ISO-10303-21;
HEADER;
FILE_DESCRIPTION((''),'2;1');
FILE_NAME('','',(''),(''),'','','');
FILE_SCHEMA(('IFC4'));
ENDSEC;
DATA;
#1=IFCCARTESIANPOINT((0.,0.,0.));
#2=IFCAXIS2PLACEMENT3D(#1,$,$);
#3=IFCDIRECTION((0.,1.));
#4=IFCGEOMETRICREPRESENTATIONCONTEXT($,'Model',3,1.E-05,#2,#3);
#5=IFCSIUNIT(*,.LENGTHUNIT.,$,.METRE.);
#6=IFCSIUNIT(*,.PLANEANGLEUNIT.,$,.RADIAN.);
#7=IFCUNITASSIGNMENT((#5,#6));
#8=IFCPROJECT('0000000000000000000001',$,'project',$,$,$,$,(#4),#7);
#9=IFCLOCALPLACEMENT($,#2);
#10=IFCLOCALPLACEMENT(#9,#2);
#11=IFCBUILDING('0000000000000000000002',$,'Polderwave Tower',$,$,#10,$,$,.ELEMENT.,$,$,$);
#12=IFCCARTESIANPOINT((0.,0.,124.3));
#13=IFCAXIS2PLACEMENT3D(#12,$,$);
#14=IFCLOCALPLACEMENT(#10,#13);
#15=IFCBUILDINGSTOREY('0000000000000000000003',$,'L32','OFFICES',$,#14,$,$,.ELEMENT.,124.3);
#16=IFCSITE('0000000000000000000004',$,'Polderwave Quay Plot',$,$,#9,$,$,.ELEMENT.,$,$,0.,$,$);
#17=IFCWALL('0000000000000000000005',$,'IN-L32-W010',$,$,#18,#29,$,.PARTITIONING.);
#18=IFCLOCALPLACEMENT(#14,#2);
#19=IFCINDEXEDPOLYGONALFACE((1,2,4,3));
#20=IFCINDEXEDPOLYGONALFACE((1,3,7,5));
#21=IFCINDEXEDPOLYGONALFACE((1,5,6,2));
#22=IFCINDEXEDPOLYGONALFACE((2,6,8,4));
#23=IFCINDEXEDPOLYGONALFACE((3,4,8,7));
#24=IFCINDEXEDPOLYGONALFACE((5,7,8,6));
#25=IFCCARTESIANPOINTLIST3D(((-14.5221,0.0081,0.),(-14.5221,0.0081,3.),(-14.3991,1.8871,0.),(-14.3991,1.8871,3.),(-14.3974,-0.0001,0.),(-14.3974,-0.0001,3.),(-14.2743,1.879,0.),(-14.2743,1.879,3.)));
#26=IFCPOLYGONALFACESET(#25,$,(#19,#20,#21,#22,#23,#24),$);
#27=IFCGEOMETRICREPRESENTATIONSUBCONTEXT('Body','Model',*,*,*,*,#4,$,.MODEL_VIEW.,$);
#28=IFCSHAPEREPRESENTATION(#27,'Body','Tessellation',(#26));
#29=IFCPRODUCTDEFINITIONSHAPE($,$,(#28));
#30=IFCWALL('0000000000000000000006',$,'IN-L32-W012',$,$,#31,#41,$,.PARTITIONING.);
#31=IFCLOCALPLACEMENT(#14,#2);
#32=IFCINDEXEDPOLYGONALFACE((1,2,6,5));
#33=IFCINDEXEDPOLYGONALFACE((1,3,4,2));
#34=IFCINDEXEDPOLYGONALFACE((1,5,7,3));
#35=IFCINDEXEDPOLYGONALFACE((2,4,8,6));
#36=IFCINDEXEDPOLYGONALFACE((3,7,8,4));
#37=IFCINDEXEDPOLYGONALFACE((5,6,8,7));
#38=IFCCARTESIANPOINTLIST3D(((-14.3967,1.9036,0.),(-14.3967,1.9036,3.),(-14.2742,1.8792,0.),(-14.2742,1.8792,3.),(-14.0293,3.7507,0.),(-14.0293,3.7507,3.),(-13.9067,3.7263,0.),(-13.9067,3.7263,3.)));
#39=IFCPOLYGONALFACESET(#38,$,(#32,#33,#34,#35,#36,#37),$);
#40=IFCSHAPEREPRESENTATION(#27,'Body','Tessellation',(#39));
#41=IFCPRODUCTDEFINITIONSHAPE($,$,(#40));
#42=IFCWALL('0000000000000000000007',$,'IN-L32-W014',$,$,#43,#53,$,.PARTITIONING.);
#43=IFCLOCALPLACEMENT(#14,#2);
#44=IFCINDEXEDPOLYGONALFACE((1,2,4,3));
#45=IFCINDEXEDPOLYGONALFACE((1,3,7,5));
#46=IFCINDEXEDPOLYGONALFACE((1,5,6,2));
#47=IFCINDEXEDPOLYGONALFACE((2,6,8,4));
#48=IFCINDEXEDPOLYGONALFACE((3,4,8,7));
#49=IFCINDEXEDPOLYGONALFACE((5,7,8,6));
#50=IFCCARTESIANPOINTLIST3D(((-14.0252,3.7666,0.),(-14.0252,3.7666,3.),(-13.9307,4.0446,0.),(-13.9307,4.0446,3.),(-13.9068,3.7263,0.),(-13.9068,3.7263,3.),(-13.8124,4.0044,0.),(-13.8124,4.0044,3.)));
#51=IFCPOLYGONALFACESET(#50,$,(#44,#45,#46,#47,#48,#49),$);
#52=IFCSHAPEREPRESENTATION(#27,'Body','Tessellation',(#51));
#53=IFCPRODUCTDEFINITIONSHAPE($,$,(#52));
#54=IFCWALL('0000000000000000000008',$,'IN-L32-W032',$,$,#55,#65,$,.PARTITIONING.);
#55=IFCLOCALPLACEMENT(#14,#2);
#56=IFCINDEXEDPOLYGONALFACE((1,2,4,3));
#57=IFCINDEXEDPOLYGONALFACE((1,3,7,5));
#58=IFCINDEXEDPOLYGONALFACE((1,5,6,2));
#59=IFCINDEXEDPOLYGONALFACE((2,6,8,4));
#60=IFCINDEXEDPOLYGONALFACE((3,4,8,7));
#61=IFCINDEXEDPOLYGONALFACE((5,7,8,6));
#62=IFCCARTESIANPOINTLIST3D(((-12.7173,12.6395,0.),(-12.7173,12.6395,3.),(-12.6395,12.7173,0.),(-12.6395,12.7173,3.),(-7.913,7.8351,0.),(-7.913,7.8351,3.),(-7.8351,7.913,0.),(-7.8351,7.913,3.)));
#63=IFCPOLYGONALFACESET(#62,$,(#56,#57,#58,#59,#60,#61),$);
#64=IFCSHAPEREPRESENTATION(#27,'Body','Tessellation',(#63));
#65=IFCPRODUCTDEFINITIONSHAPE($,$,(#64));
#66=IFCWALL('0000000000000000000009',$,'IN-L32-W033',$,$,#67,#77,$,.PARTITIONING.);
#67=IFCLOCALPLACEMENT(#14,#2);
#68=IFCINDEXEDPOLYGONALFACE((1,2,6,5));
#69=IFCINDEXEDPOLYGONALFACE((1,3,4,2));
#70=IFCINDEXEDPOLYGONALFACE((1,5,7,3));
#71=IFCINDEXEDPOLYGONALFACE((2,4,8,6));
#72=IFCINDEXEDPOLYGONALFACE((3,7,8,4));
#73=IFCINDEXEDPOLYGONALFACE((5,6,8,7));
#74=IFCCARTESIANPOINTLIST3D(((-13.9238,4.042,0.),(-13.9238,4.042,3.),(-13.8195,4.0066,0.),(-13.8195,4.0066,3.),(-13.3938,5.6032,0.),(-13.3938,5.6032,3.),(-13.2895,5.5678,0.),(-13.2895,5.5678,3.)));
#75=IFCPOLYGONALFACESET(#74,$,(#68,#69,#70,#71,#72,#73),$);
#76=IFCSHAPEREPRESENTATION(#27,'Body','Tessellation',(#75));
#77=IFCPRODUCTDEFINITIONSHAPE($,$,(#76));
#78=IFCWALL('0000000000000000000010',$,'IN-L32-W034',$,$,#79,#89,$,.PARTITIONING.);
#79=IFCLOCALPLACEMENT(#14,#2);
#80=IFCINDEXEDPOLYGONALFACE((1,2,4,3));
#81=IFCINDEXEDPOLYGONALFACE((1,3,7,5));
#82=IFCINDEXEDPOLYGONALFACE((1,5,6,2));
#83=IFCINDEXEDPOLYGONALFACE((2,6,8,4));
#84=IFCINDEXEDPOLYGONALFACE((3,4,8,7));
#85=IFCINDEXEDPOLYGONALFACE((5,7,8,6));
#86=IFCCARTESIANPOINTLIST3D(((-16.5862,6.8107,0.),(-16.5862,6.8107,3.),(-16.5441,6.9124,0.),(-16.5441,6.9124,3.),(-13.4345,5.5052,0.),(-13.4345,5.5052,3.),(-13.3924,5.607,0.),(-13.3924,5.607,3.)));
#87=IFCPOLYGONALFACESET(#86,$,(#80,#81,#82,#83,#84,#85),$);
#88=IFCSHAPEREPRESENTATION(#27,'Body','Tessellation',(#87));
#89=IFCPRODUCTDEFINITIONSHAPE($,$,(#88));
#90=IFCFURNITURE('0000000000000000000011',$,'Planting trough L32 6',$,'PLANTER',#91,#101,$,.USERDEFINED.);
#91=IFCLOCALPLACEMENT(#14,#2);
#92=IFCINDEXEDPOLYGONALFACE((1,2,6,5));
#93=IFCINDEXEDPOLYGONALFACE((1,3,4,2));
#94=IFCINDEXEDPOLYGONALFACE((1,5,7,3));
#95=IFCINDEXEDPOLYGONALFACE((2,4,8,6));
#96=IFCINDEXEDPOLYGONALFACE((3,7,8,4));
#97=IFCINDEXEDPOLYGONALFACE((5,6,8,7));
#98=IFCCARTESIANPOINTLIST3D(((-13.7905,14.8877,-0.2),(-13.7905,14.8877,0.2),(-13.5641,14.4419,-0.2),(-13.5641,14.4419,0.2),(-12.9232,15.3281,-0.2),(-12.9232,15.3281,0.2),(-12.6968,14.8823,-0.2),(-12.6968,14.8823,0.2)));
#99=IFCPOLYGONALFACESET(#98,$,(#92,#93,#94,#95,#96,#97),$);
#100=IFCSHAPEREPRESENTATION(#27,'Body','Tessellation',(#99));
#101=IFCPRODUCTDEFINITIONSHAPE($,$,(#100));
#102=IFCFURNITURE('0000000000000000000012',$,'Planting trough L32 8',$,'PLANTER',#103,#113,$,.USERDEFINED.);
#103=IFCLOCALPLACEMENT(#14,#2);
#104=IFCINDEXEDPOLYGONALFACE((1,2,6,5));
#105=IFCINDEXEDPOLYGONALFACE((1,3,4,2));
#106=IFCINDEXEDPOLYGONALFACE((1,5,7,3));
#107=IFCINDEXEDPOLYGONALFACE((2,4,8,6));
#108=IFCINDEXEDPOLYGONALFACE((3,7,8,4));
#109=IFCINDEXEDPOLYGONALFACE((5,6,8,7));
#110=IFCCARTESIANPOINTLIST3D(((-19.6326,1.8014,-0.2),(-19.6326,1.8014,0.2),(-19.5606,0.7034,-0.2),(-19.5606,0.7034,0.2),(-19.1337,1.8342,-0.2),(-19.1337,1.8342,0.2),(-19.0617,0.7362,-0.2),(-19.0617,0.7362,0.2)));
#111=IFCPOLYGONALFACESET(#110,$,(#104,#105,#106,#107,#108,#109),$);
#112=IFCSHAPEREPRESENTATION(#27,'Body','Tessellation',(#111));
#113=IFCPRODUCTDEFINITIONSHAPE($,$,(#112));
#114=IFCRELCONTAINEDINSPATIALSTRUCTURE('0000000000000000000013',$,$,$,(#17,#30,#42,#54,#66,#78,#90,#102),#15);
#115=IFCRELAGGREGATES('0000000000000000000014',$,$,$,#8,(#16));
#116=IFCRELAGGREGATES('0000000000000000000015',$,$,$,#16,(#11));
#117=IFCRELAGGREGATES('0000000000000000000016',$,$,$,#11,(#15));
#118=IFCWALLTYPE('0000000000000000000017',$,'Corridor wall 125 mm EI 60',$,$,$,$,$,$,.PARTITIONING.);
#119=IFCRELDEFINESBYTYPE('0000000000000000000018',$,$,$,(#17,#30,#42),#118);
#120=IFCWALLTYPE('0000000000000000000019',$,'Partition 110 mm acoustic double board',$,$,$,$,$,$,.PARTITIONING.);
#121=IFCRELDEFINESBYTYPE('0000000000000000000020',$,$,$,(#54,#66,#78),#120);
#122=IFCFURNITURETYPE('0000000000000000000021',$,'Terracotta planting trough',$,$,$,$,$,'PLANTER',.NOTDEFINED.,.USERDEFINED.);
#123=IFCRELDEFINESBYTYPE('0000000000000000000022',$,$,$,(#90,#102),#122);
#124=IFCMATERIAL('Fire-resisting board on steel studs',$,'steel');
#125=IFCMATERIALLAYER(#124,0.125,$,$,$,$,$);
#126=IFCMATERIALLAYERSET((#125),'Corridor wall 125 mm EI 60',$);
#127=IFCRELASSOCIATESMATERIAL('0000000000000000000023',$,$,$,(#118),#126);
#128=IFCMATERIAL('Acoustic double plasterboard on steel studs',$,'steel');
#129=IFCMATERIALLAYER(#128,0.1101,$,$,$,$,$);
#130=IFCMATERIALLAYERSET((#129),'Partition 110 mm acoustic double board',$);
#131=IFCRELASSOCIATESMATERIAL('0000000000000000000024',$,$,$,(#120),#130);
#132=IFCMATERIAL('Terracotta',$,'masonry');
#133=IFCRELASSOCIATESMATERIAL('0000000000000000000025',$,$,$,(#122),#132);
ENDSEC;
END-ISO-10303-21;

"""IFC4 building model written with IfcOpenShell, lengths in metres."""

from ifc_helpers import new_model, si_unit, direction, frame, frame_2d, origin, origin_2d, place, context, subcontext, project, spatial, rectangle, extrude, material, layer, layer_set, type_object, element, save


model = new_model("IFC4")

# Units and contexts
model_context = context("Model", 3, precision=1e-05, world=origin(), true_north=direction((0.0, 1.0)))
body_context = subcontext(model_context, "Body", "Model", "MODEL_VIEW")
ifc_project = project(units=[si_unit("LENGTHUNIT", "METRE"), si_unit("PLANEANGLEUNIT", "RADIAN")], contexts=[model_context])

# Site, building, storey
site_placement = place(None, origin())
site = spatial("IfcSite", under=ifc_project, at=site_placement, Name="Polderwave Quay Plot", CompositionType="ELEMENT", RefElevation=0.0)
building_placement = place(site_placement, origin())
building = spatial("IfcBuilding", under=site, at=building_placement, Name="Polderwave Tower", CompositionType="ELEMENT")
storey_placement = place(building_placement, frame((0.0, 0.0, 124.3)))
storey = spatial("IfcBuildingStorey", under=building, at=storey_placement, Name="L32", Description="OFFICES", CompositionType="ELEMENT", Elevation=124.3)

# Shared definitions
ifc_material_1 = material(Name="Fire-resisting board on steel studs", Category="steel")
ifc_layer_1 = layer(ifc_material_1, 0.125)
ifc_layer_set_1 = layer_set([ifc_layer_1], Name="Corridor wall 125 mm EI 60")
wall_type_1 = type_object("IfcWallType", Name="Corridor wall 125 mm EI 60", PredefinedType="PARTITIONING", material=ifc_layer_set_1)

# Walls
wall_1_placement = place(storey_placement, frame((-14.4597, 0.0042, 0.0), z_axis=(0.0, 0.0, 1.0), x_axis=(0.06534, 0.997863, 0.0)))
element("IfcWall", 1, at=wall_1_placement, inside=storey, type_object=wall_type_1, Name="IN-L32-W010", PredefinedType="PARTITIONING", context=body_context, shape_type="SweptSolid", body=[
    extrude(rectangle(XDim=1.8831, YDim=0.125, at=frame_2d((0.9414, 0.0))), origin(), (0.0, 0.0, 1.0), 3.0),
])
wall_2_placement = place(storey_placement, frame((-14.3354, 1.8914, 0.0), z_axis=(0.0, 0.0, 1.0), x_axis=(0.195094, 0.980785, 0.0)))
element("IfcWall", 2, at=wall_2_placement, inside=storey, type_object=wall_type_1, Name="IN-L32-W012", PredefinedType="PARTITIONING", context=body_context, shape_type="SweptSolid", body=[
    extrude(rectangle(XDim=1.8833, YDim=0.125, at=frame_2d((0.9417, 0.0))), origin(), (0.0, 0.0, 1.0), 3.0),
])
wall_3_placement = place(storey_placement, frame((-13.9661, 3.7463, 0.0), z_axis=(0.0, 0.0, 1.0), x_axis=(0.321709, 0.946839, 0.0)))
element("IfcWall", 3, at=wall_3_placement, inside=storey, type_object=wall_type_1, Name="IN-L32-W014", PredefinedType="PARTITIONING", context=body_context, shape_type="SweptSolid", body=[
    extrude(rectangle(XDim=0.2937, YDim=0.125, at=frame_2d((0.147, 0.0))), origin(), (0.0, 0.0, 1.0), 3.0),
])
ifc_material_2 = material(Name="Acoustic double plasterboard on steel studs", Category="steel")
ifc_layer_2 = layer(ifc_material_2, 0.1101)
ifc_layer_set_2 = layer_set([ifc_layer_2], Name="Partition 110 mm acoustic double board")
wall_type_2 = type_object("IfcWallType", Name="Partition 110 mm acoustic double board", PredefinedType="PARTITIONING", material=ifc_layer_set_2)
wall_4_placement = place(storey_placement, frame((-7.874, 7.874, 0.0), z_axis=(0.0, 0.0, 1.0), x_axis=(-0.707107, 0.707107, 0.0)))
element("IfcWall", 4, at=wall_4_placement, inside=storey, type_object=wall_type_2, Name="IN-L32-W032", PredefinedType="PARTITIONING", context=body_context, shape_type="SweptSolid", body=[
    extrude(rectangle(XDim=6.7944, YDim=0.1101, at=frame_2d((3.3972, 0.0))), origin(), (0.0, 0.0, 1.0), 3.0),
])
wall_5_placement = place(storey_placement, frame((-13.8716, 4.0244, 0.0), z_axis=(0.0, 0.0, 1.0), x_axis=(0.321465, 0.946922, 0.0)))
element("IfcWall", 5, at=wall_5_placement, inside=storey, type_object=wall_type_2, Name="IN-L32-W033", PredefinedType="PARTITIONING", context=body_context, shape_type="SweptSolid", body=[
    extrude(rectangle(XDim=1.6487, YDim=0.1101, at=frame_2d((0.8242, 0.0))), origin(), (0.0, 0.0, 1.0), 3.0),
])
wall_6_placement = place(storey_placement, frame((-13.4136, 5.5562, 0.0), z_axis=(0.0, 0.0, 1.0), x_axis=(-0.923882, 0.382678, 0.0)))
element("IfcWall", 6, at=wall_6_placement, inside=storey, type_object=wall_type_2, Name="IN-L32-W034", PredefinedType="PARTITIONING", context=body_context, shape_type="SweptSolid", body=[
    extrude(rectangle(XDim=3.4114, YDim=0.1101, at=frame_2d((1.7056, 0.0))), origin(), (0.0, 0.0, 1.0), 3.0),
])

# Furniture
ifc_material_3 = material(Name="Terracotta", Category="masonry")
furniture_type = type_object("IfcFurnitureType", Name="Terracotta planting trough", ElementType="PLANTER", AssemblyPlace="NOTDEFINED", PredefinedType="USERDEFINED", material=ifc_material_3)
furniture_1_placement = place(storey_placement, frame((-13.2437, 14.885, -0.2), z_axis=(0.0, 0.0, 1.0), x_axis=(-0.891618, -0.452788, 0.0)))
element("IfcFurniture", 7, at=furniture_1_placement, inside=storey, type_object=furniture_type, Name="Planting trough L32 6", ObjectType="PLANTER", PredefinedType="USERDEFINED", context=body_context, shape_type="SweptSolid", body=[
    extrude(rectangle(XDim=0.9727, YDim=0.5, at=origin_2d()), origin(), (0.0, 0.0, 1.0), 0.3999),
])
furniture_2_placement = place(storey_placement, frame((-19.3472, 1.2688, -0.2), z_axis=(0.0, 0.0, 1.0), x_axis=(0.065468, -0.997855, 0.0)))
element("IfcFurniture", 8, at=furniture_2_placement, inside=storey, type_object=furniture_type, Name="Planting trough L32 8", ObjectType="PLANTER", PredefinedType="USERDEFINED", context=body_context, shape_type="SweptSolid", body=[
    extrude(rectangle(XDim=1.1003, YDim=0.5, at=origin_2d()), origin(), (0.0, 0.0, 1.0), 0.3999),
])

save(model, "model.ifc")
